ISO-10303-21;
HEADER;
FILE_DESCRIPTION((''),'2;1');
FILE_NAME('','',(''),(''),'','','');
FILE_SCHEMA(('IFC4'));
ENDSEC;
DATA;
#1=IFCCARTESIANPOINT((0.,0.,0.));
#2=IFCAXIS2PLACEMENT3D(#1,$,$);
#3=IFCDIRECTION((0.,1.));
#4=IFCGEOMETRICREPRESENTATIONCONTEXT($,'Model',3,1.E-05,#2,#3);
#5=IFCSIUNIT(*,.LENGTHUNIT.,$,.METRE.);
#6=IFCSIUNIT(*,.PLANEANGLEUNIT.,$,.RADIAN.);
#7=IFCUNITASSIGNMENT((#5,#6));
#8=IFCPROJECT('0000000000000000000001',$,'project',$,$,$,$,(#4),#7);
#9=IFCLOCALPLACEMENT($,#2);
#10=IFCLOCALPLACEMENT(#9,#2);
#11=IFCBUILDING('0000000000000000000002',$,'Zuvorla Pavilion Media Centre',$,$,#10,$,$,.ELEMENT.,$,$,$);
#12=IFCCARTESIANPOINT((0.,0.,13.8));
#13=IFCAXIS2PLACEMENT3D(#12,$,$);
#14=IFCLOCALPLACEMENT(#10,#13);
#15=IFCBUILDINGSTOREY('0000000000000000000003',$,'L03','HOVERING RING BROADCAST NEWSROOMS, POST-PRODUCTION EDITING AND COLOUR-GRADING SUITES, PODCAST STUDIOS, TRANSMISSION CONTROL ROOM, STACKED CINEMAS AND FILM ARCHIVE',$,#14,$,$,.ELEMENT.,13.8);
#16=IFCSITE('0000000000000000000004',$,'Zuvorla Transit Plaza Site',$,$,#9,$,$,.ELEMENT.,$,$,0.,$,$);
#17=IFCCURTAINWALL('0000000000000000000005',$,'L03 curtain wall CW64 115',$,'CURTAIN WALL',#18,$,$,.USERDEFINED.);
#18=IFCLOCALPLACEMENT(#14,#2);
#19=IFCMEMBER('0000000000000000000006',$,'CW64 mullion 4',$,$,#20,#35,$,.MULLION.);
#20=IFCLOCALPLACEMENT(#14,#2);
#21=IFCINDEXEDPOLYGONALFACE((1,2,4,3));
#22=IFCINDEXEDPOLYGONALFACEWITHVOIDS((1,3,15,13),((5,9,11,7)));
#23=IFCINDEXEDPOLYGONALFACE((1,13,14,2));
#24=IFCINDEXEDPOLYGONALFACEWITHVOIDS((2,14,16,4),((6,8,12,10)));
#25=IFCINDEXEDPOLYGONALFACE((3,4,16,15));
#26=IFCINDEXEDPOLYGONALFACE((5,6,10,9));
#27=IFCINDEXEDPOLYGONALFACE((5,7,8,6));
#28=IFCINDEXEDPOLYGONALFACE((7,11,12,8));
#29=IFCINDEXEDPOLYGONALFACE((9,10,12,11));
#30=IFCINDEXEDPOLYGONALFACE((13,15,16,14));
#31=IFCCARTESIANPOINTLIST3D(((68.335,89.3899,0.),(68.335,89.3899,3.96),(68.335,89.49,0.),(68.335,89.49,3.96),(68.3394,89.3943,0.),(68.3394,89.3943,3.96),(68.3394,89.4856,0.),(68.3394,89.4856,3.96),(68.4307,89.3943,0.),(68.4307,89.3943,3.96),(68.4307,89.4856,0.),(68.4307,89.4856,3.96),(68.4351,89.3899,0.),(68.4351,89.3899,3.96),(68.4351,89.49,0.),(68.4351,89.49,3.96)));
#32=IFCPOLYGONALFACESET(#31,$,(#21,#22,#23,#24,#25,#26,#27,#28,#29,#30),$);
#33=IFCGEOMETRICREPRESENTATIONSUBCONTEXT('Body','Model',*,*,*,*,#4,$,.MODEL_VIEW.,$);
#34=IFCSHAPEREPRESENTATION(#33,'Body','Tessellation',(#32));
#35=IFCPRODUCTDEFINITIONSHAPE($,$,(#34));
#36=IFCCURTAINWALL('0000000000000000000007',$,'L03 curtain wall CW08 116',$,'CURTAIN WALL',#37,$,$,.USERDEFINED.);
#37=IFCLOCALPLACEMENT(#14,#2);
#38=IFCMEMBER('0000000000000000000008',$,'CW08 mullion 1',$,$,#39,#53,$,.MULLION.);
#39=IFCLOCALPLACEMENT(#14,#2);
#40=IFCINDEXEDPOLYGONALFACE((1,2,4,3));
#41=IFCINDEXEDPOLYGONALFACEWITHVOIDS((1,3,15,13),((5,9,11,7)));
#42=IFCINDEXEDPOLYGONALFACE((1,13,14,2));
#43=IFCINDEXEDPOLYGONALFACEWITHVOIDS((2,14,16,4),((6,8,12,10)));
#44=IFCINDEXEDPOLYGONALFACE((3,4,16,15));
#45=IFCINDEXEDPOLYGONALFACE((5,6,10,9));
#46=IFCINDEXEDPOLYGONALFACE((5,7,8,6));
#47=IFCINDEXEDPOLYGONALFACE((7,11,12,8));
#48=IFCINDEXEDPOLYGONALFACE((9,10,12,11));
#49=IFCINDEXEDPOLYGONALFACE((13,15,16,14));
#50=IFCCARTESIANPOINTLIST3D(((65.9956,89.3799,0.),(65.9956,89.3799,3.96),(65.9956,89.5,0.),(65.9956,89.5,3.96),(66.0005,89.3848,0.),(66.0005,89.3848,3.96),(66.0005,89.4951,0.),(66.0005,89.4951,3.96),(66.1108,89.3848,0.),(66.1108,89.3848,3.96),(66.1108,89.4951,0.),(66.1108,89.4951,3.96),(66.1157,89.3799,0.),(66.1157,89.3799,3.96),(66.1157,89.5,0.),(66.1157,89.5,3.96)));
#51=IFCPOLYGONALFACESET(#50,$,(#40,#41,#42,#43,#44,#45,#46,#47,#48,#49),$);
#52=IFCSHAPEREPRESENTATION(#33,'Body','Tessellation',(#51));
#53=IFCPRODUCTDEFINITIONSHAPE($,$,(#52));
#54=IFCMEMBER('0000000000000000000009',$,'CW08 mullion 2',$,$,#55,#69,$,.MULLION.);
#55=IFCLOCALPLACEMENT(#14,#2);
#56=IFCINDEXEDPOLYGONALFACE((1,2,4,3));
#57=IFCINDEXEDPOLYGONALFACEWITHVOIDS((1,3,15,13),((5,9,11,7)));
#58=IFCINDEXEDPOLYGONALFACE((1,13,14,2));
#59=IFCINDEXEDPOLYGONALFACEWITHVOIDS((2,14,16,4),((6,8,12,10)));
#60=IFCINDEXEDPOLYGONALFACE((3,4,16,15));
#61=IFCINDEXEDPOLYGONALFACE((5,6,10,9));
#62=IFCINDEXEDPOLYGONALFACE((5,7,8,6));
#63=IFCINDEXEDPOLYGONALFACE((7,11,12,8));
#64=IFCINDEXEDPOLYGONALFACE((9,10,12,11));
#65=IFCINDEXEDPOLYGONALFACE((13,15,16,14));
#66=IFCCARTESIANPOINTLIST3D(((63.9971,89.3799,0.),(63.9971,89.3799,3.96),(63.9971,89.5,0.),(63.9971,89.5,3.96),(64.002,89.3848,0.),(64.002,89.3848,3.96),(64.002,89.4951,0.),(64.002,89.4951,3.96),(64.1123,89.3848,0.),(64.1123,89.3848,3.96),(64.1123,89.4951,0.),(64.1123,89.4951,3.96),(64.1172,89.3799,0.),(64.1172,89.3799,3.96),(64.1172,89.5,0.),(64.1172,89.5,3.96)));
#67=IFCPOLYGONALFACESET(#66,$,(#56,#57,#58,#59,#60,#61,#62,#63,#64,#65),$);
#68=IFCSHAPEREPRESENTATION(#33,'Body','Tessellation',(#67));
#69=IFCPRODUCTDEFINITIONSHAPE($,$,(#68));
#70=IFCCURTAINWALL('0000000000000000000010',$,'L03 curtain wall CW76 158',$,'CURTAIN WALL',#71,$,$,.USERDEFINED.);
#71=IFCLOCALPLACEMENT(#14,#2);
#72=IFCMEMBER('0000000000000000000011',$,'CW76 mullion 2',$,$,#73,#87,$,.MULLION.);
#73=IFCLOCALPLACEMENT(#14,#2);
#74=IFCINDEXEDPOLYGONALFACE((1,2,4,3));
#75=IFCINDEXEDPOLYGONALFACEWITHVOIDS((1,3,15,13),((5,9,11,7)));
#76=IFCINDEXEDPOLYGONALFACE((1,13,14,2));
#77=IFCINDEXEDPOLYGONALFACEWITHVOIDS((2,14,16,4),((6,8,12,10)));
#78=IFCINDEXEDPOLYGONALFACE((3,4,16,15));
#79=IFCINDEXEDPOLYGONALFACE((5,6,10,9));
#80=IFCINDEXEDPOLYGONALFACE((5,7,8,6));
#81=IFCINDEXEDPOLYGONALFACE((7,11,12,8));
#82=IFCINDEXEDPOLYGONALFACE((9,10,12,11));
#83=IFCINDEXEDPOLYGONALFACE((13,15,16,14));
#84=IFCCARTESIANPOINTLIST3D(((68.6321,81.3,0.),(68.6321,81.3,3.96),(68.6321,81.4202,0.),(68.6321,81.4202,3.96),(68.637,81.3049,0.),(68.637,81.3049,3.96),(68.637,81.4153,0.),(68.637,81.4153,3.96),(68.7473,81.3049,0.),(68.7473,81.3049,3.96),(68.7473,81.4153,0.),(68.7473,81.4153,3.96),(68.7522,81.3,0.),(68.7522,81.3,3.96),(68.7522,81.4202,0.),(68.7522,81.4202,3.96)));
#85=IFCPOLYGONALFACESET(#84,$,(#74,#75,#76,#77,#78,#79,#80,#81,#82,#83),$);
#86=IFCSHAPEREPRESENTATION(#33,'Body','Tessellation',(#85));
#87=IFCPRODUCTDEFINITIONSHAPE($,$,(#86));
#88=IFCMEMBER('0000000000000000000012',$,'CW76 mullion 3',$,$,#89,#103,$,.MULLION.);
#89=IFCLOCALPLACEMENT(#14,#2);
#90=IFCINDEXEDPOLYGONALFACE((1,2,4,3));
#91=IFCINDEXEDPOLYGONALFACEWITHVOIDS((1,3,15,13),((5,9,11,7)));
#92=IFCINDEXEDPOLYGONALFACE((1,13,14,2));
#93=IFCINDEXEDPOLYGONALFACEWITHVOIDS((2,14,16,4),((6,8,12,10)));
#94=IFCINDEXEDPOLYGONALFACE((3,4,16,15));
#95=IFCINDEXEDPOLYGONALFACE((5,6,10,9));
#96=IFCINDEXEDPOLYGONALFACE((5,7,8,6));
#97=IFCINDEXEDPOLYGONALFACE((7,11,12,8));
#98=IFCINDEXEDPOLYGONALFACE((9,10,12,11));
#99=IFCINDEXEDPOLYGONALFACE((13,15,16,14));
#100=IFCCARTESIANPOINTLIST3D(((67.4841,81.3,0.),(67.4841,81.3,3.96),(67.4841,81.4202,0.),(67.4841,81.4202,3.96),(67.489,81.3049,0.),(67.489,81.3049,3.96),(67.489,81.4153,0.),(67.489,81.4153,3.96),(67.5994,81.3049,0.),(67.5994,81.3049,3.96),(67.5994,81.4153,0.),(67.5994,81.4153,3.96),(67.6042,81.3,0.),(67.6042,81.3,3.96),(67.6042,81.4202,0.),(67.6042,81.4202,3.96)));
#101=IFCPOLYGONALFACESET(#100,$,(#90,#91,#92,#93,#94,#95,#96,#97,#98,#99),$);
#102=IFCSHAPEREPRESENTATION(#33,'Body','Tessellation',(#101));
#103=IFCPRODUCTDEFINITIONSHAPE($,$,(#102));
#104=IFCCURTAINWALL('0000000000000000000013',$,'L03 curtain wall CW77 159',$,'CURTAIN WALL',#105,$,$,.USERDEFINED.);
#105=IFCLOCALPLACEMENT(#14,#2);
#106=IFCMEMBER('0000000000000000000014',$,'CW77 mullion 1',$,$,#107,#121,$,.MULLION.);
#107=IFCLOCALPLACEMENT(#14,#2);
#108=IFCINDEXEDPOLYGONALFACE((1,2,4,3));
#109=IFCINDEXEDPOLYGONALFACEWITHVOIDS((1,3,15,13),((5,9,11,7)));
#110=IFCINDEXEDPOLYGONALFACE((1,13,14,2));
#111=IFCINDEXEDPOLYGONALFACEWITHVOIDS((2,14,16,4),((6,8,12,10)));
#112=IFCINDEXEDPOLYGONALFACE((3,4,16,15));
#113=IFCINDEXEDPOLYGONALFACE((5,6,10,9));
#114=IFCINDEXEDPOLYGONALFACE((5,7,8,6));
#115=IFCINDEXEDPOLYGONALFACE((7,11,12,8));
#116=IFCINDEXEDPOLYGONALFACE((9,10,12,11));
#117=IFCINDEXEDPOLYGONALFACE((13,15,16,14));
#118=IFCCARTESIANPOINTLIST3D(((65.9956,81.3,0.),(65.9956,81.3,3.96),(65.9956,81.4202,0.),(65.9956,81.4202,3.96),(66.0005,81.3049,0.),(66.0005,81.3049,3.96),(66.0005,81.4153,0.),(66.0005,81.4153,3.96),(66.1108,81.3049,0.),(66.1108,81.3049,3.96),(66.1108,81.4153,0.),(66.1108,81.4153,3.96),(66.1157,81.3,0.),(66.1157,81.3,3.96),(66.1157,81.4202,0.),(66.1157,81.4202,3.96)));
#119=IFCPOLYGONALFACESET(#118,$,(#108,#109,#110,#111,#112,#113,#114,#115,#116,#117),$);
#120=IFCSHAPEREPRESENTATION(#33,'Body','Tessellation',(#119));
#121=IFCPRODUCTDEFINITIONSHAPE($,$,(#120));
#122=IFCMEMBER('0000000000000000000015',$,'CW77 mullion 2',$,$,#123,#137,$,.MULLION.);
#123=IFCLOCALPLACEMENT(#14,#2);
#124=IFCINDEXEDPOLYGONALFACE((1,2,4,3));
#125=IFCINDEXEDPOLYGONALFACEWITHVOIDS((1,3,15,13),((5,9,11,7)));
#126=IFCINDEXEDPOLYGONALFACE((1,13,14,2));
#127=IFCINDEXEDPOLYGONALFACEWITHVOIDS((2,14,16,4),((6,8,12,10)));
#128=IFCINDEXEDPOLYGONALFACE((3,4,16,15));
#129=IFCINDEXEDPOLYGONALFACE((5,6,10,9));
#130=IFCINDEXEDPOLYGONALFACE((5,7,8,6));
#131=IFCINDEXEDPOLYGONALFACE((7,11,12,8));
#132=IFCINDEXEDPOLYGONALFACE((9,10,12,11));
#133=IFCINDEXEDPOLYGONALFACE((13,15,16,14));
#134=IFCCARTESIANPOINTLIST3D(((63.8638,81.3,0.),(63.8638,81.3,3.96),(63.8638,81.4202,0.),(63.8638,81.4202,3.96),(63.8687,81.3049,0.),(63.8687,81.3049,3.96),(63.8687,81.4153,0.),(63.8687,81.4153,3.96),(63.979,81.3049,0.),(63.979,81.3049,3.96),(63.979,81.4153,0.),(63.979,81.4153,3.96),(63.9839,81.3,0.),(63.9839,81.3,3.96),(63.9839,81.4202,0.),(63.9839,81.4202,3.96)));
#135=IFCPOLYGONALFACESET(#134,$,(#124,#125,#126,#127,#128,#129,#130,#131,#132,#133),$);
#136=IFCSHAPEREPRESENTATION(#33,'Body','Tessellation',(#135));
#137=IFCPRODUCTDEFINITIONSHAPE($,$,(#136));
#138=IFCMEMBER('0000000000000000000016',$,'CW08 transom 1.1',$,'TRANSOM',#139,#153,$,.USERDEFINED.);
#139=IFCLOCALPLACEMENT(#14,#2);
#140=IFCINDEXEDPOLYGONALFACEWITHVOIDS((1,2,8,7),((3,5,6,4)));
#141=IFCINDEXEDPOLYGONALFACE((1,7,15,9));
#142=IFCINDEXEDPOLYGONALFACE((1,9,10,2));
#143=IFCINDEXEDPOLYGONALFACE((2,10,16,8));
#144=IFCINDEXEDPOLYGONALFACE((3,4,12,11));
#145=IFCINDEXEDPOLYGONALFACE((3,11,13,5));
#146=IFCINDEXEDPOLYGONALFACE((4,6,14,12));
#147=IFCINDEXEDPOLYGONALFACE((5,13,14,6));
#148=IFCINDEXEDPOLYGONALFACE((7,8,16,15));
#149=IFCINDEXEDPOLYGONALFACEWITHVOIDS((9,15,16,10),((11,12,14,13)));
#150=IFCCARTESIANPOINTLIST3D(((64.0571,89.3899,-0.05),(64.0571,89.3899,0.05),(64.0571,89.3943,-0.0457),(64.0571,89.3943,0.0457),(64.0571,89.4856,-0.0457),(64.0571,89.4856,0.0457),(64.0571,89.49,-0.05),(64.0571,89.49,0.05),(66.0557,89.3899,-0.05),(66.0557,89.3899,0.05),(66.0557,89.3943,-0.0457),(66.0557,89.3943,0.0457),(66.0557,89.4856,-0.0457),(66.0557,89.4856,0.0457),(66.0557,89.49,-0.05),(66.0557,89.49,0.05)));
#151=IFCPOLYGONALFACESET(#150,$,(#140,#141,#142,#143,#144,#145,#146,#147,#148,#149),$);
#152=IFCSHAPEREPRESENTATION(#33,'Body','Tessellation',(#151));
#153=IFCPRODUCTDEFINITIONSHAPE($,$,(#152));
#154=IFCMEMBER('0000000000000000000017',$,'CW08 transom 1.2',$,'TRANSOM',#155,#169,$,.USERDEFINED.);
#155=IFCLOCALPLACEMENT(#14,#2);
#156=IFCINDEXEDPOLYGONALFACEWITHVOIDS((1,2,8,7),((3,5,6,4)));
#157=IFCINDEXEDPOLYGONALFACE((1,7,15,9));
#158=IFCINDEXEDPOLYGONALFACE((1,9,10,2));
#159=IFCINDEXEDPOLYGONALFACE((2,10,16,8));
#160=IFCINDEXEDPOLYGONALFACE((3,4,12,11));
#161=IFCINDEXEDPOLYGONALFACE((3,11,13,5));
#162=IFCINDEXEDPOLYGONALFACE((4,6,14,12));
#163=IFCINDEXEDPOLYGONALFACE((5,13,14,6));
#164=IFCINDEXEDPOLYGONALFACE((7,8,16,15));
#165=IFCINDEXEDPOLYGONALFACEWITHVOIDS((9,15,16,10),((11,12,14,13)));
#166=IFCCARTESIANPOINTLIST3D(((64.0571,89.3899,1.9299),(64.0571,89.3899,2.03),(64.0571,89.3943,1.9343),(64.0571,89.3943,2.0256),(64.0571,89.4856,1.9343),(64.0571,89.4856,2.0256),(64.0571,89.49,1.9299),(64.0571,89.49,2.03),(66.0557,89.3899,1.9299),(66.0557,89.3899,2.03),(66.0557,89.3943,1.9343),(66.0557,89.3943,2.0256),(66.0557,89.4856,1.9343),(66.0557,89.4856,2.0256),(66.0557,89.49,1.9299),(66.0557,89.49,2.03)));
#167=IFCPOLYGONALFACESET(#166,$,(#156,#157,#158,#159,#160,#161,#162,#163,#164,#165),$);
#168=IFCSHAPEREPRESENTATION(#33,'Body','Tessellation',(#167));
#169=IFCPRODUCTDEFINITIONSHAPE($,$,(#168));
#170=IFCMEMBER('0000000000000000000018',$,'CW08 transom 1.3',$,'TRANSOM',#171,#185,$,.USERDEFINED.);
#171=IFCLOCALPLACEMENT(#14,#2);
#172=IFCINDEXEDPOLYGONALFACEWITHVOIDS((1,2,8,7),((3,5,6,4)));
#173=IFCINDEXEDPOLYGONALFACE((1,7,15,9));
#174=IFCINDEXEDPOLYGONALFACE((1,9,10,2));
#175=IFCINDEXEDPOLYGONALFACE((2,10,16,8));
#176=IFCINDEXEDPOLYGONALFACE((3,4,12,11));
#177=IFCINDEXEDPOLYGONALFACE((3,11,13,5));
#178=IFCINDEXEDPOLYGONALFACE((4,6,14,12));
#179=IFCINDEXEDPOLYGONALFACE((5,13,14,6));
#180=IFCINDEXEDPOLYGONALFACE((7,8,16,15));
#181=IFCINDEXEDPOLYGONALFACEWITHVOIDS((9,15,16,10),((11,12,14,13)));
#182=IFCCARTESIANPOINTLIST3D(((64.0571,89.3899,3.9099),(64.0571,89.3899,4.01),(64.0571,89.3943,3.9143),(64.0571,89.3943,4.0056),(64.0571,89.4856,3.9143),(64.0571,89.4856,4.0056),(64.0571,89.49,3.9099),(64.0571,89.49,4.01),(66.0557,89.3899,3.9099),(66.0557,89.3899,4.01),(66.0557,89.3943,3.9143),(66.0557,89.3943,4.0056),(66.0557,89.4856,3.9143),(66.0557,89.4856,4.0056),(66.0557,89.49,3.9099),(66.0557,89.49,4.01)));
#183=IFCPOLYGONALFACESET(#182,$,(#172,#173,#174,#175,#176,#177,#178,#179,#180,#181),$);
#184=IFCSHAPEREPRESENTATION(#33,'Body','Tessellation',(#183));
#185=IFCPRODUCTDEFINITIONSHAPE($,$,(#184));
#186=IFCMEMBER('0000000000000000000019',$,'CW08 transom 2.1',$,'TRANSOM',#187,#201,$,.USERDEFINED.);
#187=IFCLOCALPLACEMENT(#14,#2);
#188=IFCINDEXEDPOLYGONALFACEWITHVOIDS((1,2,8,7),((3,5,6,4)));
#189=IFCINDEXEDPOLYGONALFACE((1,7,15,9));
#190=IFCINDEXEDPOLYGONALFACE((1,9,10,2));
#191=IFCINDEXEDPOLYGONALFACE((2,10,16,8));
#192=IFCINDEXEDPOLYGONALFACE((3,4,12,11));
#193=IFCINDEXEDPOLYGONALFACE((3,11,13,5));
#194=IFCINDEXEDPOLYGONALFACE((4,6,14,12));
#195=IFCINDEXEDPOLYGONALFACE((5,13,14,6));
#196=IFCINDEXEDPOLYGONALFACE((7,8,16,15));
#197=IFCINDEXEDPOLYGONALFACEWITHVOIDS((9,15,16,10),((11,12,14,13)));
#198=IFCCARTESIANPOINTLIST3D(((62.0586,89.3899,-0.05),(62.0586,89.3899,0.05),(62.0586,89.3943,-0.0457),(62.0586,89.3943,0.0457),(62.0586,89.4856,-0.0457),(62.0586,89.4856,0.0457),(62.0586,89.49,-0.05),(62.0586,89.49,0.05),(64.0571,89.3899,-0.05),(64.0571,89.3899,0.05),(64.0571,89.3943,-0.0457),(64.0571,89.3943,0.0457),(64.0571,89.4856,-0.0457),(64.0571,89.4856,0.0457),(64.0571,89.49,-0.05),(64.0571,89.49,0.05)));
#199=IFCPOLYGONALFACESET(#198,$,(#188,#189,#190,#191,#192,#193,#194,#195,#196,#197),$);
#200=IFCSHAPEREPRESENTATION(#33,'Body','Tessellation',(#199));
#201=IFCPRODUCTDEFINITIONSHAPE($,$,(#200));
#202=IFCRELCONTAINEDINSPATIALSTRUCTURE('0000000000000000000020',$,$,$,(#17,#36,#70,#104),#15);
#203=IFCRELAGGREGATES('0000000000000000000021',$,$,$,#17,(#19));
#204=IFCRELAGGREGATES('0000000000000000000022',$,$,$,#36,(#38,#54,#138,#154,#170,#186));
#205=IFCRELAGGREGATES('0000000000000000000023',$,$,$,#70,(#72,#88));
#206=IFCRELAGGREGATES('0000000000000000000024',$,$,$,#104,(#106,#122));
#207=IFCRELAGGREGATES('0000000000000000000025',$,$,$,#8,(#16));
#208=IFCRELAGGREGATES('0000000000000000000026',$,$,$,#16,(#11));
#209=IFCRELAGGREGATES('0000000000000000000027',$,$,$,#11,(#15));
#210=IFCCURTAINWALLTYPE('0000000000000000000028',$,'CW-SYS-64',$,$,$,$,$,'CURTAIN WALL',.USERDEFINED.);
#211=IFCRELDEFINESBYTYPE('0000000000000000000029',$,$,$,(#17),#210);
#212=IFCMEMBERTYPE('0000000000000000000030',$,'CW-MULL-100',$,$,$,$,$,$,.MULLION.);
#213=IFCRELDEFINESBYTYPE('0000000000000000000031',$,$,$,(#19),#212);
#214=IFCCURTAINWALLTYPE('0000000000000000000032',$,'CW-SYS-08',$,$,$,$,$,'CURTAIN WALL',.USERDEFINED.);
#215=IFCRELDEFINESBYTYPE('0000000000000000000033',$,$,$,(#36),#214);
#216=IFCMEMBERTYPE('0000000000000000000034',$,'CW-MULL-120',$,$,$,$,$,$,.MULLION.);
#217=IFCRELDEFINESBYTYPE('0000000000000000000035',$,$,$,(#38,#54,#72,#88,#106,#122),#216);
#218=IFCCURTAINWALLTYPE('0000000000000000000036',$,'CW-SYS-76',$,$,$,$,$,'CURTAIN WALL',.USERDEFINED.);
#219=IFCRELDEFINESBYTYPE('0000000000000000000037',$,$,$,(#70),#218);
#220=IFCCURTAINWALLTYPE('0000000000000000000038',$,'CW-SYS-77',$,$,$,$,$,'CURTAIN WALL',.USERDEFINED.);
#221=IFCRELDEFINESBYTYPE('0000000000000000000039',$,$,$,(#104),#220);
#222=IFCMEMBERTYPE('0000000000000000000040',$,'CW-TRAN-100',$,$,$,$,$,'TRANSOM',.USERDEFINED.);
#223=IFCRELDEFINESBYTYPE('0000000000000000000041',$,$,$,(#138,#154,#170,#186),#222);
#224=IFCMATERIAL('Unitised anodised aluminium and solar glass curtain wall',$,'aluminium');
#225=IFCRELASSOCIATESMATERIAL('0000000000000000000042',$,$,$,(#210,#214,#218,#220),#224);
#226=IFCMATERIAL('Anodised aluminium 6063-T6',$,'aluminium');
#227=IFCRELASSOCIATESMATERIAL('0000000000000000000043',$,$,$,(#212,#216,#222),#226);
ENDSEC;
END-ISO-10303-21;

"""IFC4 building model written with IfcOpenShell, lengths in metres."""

from ifc_helpers import new_model, si_unit, direction, frame, origin, origin_2d, place, context, subcontext, project, spatial, hollow_rectangle, extrude, material, material_profile, profile_set, type_object, element, aggregate, save


model = new_model("IFC4")

# Units and contexts
model_context = context("Model", 3, precision=1e-05, world=origin(), true_north=direction((0.0, 1.0)))
body_context = subcontext(model_context, "Body", "Model", "MODEL_VIEW")
ifc_project = project(units=[si_unit("LENGTHUNIT", "METRE"), si_unit("PLANEANGLEUNIT", "RADIAN")], contexts=[model_context])

# Site, building, storey
site_placement = place(None, origin())
site = spatial("IfcSite", under=ifc_project, at=site_placement, Name="Zuvorla Transit Plaza Site", CompositionType="ELEMENT", RefElevation=0.0)
building_placement = place(site_placement, origin())
building = spatial("IfcBuilding", under=site, at=building_placement, Name="Zuvorla Pavilion Media Centre", CompositionType="ELEMENT")
storey_placement = place(building_placement, frame((0.0, 0.0, 13.8)))
storey = spatial("IfcBuildingStorey", under=building, at=storey_placement, Name="L03", Description="HOVERING RING BROADCAST NEWSROOMS, POST-PRODUCTION EDITING AND COLOUR-GRADING SUITES, PODCAST STUDIOS, TRANSMISSION CONTROL ROOM, STACKED CINEMAS AND FILM ARCHIVE", CompositionType="ELEMENT", Elevation=13.8)

# Curtain wall, member
ifc_material_1 = material(Name="Unitised anodised aluminium and solar glass curtain wall", Category="aluminium")
curtain_wall_type_1 = type_object("IfcCurtainWallType", Name="CW-SYS-64", ElementType="CURTAIN WALL", PredefinedType="USERDEFINED", material=ifc_material_1)
curtain_wall_1_placement = place(storey_placement, origin())
curtain_wall_1 = element("IfcCurtainWall", 1, at=curtain_wall_1_placement, inside=storey, type_object=curtain_wall_type_1, Name="L03 curtain wall CW64 115", ObjectType="CURTAIN WALL", PredefinedType="USERDEFINED")
ifc_material_2 = material(Name="Anodised aluminium 6063-T6", Category="aluminium")
ifc_material_profile_1 = material_profile(ifc_material_2, hollow_rectangle(XDim=0.1001, YDim=0.1001, WallThickness=0.0044, at=origin_2d()), Name="ALU MULL 100x100")
ifc_profile_set_1 = profile_set([ifc_material_profile_1], Name="Anodised aluminium 6063-T6")
member_type_1 = type_object("IfcMemberType", Name="CW-MULL-100", PredefinedType="MULLION", material=ifc_profile_set_1)
member_1_placement = place(storey_placement, frame((68.385, 89.4399, 0.0), z_axis=(0.0, 0.0, 1.0), x_axis=(1.0, 0.0, 0.0)))
member_1 = element("IfcMember", 2, at=member_1_placement, type_object=member_type_1, Name="CW64 mullion 4", PredefinedType="MULLION", context=body_context, shape_type="SweptSolid", body=[
    extrude(hollow_rectangle(XDim=0.1001, YDim=0.1001, WallThickness=0.0044, at=origin_2d()), origin(), (0.0, 0.0, 1.0), 3.96),
])
aggregate(curtain_wall_1, [member_1])

# Curtain walls, members
curtain_wall_type_2 = type_object("IfcCurtainWallType", Name="CW-SYS-08", ElementType="CURTAIN WALL", PredefinedType="USERDEFINED", material=ifc_material_1)
curtain_wall_2_placement = place(storey_placement, origin())
curtain_wall_2 = element("IfcCurtainWall", 3, at=curtain_wall_2_placement, inside=storey, type_object=curtain_wall_type_2, Name="L03 curtain wall CW08 116", ObjectType="CURTAIN WALL", PredefinedType="USERDEFINED")
ifc_material_profile_2 = material_profile(ifc_material_2, hollow_rectangle(XDim=0.1201, YDim=0.1201, WallThickness=0.0049, at=origin_2d()), Name="ALU MULL 120x120")
ifc_profile_set_2 = profile_set([ifc_material_profile_2], Name="Anodised aluminium 6063-T6")
member_type_2 = type_object("IfcMemberType", Name="CW-MULL-120", PredefinedType="MULLION", material=ifc_profile_set_2)
member_2_placement = place(storey_placement, frame((66.0557, 89.4399, 0.0), z_axis=(0.0, 0.0, 1.0), x_axis=(1.0, 0.0, 0.0)))
member_2 = element("IfcMember", 4, at=member_2_placement, type_object=member_type_2, Name="CW08 mullion 1", PredefinedType="MULLION", context=body_context, shape_type="SweptSolid", body=[
    extrude(hollow_rectangle(XDim=0.1201, YDim=0.1201, WallThickness=0.0049, at=origin_2d()), origin(), (0.0, 0.0, 1.0), 3.96),
])
member_3_placement = place(storey_placement, frame((64.0571, 89.4399, 0.0), z_axis=(0.0, 0.0, 1.0), x_axis=(1.0, 0.0, 0.0)))
member_3 = element("IfcMember", 5, at=member_3_placement, type_object=member_type_2, Name="CW08 mullion 2", PredefinedType="MULLION", context=body_context, shape_type="SweptSolid", body=[
    extrude(hollow_rectangle(XDim=0.1201, YDim=0.1201, WallThickness=0.0049, at=origin_2d()), origin(), (0.0, 0.0, 1.0), 3.96),
])
curtain_wall_type_3 = type_object("IfcCurtainWallType", Name="CW-SYS-76", ElementType="CURTAIN WALL", PredefinedType="USERDEFINED", material=ifc_material_1)
curtain_wall_3_placement = place(storey_placement, origin())
curtain_wall_3 = element("IfcCurtainWall", 6, at=curtain_wall_3_placement, inside=storey, type_object=curtain_wall_type_3, Name="L03 curtain wall CW76 158", ObjectType="CURTAIN WALL", PredefinedType="USERDEFINED")
member_4_placement = place(storey_placement, frame((68.6921, 81.3601, 0.0), z_axis=(0.0, 0.0, 1.0), x_axis=(1.0, 0.0, 0.0)))
member_4 = element("IfcMember", 7, at=member_4_placement, type_object=member_type_2, Name="CW76 mullion 2", PredefinedType="MULLION", context=body_context, shape_type="SweptSolid", body=[
    extrude(hollow_rectangle(XDim=0.1201, YDim=0.1201, WallThickness=0.0049, at=origin_2d()), origin(), (0.0, 0.0, 1.0), 3.96),
])
member_5_placement = place(storey_placement, frame((67.5442, 81.3601, 0.0), z_axis=(0.0, 0.0, 1.0), x_axis=(1.0, 0.0, 0.0)))
member_5 = element("IfcMember", 8, at=member_5_placement, type_object=member_type_2, Name="CW76 mullion 3", PredefinedType="MULLION", context=body_context, shape_type="SweptSolid", body=[
    extrude(hollow_rectangle(XDim=0.1201, YDim=0.1201, WallThickness=0.0049, at=origin_2d()), origin(), (0.0, 0.0, 1.0), 3.96),
])
curtain_wall_type_4 = type_object("IfcCurtainWallType", Name="CW-SYS-77", ElementType="CURTAIN WALL", PredefinedType="USERDEFINED", material=ifc_material_1)
curtain_wall_4_placement = place(storey_placement, origin())
curtain_wall_4 = element("IfcCurtainWall", 9, at=curtain_wall_4_placement, inside=storey, type_object=curtain_wall_type_4, Name="L03 curtain wall CW77 159", ObjectType="CURTAIN WALL", PredefinedType="USERDEFINED")
member_6_placement = place(storey_placement, frame((66.0557, 81.3601, 0.0), z_axis=(0.0, 0.0, 1.0), x_axis=(1.0, 0.0, 0.0)))
member_6 = element("IfcMember", 10, at=member_6_placement, type_object=member_type_2, Name="CW77 mullion 1", PredefinedType="MULLION", context=body_context, shape_type="SweptSolid", body=[
    extrude(hollow_rectangle(XDim=0.1201, YDim=0.1201, WallThickness=0.0049, at=origin_2d()), origin(), (0.0, 0.0, 1.0), 3.96),
])
member_7_placement = place(storey_placement, frame((63.9238, 81.3601, 0.0), z_axis=(0.0, 0.0, 1.0), x_axis=(1.0, 0.0, 0.0)))
member_7 = element("IfcMember", 11, at=member_7_placement, type_object=member_type_2, Name="CW77 mullion 2", PredefinedType="MULLION", context=body_context, shape_type="SweptSolid", body=[
    extrude(hollow_rectangle(XDim=0.1201, YDim=0.1201, WallThickness=0.0049, at=origin_2d()), origin(), (0.0, 0.0, 1.0), 3.96),
])

# Members
ifc_material_profile_3 = material_profile(ifc_material_2, hollow_rectangle(XDim=0.1001, YDim=0.1001, WallThickness=0.0044, at=origin_2d()), Name="ALU TRAN 100x100")
ifc_profile_set_3 = profile_set([ifc_material_profile_3], Name="Anodised aluminium 6063-T6")
member_type_3 = type_object("IfcMemberType", Name="CW-TRAN-100", ElementType="TRANSOM", PredefinedType="USERDEFINED", material=ifc_profile_set_3)
member_8_placement = place(storey_placement, frame((66.0557, 89.4399, 0.0), z_axis=(-1.0, 0.0, 0.0), x_axis=(0.0, -1.0, 0.0)))
member_8 = element("IfcMember", 12, at=member_8_placement, type_object=member_type_3, Name="CW08 transom 1.1", ObjectType="TRANSOM", PredefinedType="USERDEFINED", context=body_context, shape_type="SweptSolid", body=[
    extrude(hollow_rectangle(XDim=0.1001, YDim=0.1001, WallThickness=0.0044, at=origin_2d()), origin(), (0.0, 0.0, 1.0), 1.9985),
])
member_9_placement = place(storey_placement, frame((66.0557, 89.4399, 1.98), z_axis=(-1.0, 0.0, 0.0), x_axis=(0.0, -1.0, 0.0)))
member_9 = element("IfcMember", 13, at=member_9_placement, type_object=member_type_3, Name="CW08 transom 1.2", ObjectType="TRANSOM", PredefinedType="USERDEFINED", context=body_context, shape_type="SweptSolid", body=[
    extrude(hollow_rectangle(XDim=0.1001, YDim=0.1001, WallThickness=0.0044, at=origin_2d()), origin(), (0.0, 0.0, 1.0), 1.9985),
])
member_10_placement = place(storey_placement, frame((66.0557, 89.4399, 3.96), z_axis=(-1.0, 0.0, 0.0), x_axis=(0.0, -1.0, 0.0)))
member_10 = element("IfcMember", 14, at=member_10_placement, type_object=member_type_3, Name="CW08 transom 1.3", ObjectType="TRANSOM", PredefinedType="USERDEFINED", context=body_context, shape_type="SweptSolid", body=[
    extrude(hollow_rectangle(XDim=0.1001, YDim=0.1001, WallThickness=0.0044, at=origin_2d()), origin(), (0.0, 0.0, 1.0), 1.9985),
])
member_11_placement = place(storey_placement, frame((64.0571, 89.4399, 0.0), z_axis=(-1.0, 0.0, 0.0), x_axis=(0.0, -1.0, 0.0)))
member_11 = element("IfcMember", 15, at=member_11_placement, type_object=member_type_3, Name="CW08 transom 2.1", ObjectType="TRANSOM", PredefinedType="USERDEFINED", context=body_context, shape_type="SweptSolid", body=[
    extrude(hollow_rectangle(XDim=0.1001, YDim=0.1001, WallThickness=0.0044, at=origin_2d()), origin(), (0.0, 0.0, 1.0), 1.9985),
])

aggregate(curtain_wall_2, [member_2, member_3, member_8, member_9, member_10, member_11])
aggregate(curtain_wall_3, [member_4, member_5])
aggregate(curtain_wall_4, [member_6, member_7])

save(model, "model.ifc")
